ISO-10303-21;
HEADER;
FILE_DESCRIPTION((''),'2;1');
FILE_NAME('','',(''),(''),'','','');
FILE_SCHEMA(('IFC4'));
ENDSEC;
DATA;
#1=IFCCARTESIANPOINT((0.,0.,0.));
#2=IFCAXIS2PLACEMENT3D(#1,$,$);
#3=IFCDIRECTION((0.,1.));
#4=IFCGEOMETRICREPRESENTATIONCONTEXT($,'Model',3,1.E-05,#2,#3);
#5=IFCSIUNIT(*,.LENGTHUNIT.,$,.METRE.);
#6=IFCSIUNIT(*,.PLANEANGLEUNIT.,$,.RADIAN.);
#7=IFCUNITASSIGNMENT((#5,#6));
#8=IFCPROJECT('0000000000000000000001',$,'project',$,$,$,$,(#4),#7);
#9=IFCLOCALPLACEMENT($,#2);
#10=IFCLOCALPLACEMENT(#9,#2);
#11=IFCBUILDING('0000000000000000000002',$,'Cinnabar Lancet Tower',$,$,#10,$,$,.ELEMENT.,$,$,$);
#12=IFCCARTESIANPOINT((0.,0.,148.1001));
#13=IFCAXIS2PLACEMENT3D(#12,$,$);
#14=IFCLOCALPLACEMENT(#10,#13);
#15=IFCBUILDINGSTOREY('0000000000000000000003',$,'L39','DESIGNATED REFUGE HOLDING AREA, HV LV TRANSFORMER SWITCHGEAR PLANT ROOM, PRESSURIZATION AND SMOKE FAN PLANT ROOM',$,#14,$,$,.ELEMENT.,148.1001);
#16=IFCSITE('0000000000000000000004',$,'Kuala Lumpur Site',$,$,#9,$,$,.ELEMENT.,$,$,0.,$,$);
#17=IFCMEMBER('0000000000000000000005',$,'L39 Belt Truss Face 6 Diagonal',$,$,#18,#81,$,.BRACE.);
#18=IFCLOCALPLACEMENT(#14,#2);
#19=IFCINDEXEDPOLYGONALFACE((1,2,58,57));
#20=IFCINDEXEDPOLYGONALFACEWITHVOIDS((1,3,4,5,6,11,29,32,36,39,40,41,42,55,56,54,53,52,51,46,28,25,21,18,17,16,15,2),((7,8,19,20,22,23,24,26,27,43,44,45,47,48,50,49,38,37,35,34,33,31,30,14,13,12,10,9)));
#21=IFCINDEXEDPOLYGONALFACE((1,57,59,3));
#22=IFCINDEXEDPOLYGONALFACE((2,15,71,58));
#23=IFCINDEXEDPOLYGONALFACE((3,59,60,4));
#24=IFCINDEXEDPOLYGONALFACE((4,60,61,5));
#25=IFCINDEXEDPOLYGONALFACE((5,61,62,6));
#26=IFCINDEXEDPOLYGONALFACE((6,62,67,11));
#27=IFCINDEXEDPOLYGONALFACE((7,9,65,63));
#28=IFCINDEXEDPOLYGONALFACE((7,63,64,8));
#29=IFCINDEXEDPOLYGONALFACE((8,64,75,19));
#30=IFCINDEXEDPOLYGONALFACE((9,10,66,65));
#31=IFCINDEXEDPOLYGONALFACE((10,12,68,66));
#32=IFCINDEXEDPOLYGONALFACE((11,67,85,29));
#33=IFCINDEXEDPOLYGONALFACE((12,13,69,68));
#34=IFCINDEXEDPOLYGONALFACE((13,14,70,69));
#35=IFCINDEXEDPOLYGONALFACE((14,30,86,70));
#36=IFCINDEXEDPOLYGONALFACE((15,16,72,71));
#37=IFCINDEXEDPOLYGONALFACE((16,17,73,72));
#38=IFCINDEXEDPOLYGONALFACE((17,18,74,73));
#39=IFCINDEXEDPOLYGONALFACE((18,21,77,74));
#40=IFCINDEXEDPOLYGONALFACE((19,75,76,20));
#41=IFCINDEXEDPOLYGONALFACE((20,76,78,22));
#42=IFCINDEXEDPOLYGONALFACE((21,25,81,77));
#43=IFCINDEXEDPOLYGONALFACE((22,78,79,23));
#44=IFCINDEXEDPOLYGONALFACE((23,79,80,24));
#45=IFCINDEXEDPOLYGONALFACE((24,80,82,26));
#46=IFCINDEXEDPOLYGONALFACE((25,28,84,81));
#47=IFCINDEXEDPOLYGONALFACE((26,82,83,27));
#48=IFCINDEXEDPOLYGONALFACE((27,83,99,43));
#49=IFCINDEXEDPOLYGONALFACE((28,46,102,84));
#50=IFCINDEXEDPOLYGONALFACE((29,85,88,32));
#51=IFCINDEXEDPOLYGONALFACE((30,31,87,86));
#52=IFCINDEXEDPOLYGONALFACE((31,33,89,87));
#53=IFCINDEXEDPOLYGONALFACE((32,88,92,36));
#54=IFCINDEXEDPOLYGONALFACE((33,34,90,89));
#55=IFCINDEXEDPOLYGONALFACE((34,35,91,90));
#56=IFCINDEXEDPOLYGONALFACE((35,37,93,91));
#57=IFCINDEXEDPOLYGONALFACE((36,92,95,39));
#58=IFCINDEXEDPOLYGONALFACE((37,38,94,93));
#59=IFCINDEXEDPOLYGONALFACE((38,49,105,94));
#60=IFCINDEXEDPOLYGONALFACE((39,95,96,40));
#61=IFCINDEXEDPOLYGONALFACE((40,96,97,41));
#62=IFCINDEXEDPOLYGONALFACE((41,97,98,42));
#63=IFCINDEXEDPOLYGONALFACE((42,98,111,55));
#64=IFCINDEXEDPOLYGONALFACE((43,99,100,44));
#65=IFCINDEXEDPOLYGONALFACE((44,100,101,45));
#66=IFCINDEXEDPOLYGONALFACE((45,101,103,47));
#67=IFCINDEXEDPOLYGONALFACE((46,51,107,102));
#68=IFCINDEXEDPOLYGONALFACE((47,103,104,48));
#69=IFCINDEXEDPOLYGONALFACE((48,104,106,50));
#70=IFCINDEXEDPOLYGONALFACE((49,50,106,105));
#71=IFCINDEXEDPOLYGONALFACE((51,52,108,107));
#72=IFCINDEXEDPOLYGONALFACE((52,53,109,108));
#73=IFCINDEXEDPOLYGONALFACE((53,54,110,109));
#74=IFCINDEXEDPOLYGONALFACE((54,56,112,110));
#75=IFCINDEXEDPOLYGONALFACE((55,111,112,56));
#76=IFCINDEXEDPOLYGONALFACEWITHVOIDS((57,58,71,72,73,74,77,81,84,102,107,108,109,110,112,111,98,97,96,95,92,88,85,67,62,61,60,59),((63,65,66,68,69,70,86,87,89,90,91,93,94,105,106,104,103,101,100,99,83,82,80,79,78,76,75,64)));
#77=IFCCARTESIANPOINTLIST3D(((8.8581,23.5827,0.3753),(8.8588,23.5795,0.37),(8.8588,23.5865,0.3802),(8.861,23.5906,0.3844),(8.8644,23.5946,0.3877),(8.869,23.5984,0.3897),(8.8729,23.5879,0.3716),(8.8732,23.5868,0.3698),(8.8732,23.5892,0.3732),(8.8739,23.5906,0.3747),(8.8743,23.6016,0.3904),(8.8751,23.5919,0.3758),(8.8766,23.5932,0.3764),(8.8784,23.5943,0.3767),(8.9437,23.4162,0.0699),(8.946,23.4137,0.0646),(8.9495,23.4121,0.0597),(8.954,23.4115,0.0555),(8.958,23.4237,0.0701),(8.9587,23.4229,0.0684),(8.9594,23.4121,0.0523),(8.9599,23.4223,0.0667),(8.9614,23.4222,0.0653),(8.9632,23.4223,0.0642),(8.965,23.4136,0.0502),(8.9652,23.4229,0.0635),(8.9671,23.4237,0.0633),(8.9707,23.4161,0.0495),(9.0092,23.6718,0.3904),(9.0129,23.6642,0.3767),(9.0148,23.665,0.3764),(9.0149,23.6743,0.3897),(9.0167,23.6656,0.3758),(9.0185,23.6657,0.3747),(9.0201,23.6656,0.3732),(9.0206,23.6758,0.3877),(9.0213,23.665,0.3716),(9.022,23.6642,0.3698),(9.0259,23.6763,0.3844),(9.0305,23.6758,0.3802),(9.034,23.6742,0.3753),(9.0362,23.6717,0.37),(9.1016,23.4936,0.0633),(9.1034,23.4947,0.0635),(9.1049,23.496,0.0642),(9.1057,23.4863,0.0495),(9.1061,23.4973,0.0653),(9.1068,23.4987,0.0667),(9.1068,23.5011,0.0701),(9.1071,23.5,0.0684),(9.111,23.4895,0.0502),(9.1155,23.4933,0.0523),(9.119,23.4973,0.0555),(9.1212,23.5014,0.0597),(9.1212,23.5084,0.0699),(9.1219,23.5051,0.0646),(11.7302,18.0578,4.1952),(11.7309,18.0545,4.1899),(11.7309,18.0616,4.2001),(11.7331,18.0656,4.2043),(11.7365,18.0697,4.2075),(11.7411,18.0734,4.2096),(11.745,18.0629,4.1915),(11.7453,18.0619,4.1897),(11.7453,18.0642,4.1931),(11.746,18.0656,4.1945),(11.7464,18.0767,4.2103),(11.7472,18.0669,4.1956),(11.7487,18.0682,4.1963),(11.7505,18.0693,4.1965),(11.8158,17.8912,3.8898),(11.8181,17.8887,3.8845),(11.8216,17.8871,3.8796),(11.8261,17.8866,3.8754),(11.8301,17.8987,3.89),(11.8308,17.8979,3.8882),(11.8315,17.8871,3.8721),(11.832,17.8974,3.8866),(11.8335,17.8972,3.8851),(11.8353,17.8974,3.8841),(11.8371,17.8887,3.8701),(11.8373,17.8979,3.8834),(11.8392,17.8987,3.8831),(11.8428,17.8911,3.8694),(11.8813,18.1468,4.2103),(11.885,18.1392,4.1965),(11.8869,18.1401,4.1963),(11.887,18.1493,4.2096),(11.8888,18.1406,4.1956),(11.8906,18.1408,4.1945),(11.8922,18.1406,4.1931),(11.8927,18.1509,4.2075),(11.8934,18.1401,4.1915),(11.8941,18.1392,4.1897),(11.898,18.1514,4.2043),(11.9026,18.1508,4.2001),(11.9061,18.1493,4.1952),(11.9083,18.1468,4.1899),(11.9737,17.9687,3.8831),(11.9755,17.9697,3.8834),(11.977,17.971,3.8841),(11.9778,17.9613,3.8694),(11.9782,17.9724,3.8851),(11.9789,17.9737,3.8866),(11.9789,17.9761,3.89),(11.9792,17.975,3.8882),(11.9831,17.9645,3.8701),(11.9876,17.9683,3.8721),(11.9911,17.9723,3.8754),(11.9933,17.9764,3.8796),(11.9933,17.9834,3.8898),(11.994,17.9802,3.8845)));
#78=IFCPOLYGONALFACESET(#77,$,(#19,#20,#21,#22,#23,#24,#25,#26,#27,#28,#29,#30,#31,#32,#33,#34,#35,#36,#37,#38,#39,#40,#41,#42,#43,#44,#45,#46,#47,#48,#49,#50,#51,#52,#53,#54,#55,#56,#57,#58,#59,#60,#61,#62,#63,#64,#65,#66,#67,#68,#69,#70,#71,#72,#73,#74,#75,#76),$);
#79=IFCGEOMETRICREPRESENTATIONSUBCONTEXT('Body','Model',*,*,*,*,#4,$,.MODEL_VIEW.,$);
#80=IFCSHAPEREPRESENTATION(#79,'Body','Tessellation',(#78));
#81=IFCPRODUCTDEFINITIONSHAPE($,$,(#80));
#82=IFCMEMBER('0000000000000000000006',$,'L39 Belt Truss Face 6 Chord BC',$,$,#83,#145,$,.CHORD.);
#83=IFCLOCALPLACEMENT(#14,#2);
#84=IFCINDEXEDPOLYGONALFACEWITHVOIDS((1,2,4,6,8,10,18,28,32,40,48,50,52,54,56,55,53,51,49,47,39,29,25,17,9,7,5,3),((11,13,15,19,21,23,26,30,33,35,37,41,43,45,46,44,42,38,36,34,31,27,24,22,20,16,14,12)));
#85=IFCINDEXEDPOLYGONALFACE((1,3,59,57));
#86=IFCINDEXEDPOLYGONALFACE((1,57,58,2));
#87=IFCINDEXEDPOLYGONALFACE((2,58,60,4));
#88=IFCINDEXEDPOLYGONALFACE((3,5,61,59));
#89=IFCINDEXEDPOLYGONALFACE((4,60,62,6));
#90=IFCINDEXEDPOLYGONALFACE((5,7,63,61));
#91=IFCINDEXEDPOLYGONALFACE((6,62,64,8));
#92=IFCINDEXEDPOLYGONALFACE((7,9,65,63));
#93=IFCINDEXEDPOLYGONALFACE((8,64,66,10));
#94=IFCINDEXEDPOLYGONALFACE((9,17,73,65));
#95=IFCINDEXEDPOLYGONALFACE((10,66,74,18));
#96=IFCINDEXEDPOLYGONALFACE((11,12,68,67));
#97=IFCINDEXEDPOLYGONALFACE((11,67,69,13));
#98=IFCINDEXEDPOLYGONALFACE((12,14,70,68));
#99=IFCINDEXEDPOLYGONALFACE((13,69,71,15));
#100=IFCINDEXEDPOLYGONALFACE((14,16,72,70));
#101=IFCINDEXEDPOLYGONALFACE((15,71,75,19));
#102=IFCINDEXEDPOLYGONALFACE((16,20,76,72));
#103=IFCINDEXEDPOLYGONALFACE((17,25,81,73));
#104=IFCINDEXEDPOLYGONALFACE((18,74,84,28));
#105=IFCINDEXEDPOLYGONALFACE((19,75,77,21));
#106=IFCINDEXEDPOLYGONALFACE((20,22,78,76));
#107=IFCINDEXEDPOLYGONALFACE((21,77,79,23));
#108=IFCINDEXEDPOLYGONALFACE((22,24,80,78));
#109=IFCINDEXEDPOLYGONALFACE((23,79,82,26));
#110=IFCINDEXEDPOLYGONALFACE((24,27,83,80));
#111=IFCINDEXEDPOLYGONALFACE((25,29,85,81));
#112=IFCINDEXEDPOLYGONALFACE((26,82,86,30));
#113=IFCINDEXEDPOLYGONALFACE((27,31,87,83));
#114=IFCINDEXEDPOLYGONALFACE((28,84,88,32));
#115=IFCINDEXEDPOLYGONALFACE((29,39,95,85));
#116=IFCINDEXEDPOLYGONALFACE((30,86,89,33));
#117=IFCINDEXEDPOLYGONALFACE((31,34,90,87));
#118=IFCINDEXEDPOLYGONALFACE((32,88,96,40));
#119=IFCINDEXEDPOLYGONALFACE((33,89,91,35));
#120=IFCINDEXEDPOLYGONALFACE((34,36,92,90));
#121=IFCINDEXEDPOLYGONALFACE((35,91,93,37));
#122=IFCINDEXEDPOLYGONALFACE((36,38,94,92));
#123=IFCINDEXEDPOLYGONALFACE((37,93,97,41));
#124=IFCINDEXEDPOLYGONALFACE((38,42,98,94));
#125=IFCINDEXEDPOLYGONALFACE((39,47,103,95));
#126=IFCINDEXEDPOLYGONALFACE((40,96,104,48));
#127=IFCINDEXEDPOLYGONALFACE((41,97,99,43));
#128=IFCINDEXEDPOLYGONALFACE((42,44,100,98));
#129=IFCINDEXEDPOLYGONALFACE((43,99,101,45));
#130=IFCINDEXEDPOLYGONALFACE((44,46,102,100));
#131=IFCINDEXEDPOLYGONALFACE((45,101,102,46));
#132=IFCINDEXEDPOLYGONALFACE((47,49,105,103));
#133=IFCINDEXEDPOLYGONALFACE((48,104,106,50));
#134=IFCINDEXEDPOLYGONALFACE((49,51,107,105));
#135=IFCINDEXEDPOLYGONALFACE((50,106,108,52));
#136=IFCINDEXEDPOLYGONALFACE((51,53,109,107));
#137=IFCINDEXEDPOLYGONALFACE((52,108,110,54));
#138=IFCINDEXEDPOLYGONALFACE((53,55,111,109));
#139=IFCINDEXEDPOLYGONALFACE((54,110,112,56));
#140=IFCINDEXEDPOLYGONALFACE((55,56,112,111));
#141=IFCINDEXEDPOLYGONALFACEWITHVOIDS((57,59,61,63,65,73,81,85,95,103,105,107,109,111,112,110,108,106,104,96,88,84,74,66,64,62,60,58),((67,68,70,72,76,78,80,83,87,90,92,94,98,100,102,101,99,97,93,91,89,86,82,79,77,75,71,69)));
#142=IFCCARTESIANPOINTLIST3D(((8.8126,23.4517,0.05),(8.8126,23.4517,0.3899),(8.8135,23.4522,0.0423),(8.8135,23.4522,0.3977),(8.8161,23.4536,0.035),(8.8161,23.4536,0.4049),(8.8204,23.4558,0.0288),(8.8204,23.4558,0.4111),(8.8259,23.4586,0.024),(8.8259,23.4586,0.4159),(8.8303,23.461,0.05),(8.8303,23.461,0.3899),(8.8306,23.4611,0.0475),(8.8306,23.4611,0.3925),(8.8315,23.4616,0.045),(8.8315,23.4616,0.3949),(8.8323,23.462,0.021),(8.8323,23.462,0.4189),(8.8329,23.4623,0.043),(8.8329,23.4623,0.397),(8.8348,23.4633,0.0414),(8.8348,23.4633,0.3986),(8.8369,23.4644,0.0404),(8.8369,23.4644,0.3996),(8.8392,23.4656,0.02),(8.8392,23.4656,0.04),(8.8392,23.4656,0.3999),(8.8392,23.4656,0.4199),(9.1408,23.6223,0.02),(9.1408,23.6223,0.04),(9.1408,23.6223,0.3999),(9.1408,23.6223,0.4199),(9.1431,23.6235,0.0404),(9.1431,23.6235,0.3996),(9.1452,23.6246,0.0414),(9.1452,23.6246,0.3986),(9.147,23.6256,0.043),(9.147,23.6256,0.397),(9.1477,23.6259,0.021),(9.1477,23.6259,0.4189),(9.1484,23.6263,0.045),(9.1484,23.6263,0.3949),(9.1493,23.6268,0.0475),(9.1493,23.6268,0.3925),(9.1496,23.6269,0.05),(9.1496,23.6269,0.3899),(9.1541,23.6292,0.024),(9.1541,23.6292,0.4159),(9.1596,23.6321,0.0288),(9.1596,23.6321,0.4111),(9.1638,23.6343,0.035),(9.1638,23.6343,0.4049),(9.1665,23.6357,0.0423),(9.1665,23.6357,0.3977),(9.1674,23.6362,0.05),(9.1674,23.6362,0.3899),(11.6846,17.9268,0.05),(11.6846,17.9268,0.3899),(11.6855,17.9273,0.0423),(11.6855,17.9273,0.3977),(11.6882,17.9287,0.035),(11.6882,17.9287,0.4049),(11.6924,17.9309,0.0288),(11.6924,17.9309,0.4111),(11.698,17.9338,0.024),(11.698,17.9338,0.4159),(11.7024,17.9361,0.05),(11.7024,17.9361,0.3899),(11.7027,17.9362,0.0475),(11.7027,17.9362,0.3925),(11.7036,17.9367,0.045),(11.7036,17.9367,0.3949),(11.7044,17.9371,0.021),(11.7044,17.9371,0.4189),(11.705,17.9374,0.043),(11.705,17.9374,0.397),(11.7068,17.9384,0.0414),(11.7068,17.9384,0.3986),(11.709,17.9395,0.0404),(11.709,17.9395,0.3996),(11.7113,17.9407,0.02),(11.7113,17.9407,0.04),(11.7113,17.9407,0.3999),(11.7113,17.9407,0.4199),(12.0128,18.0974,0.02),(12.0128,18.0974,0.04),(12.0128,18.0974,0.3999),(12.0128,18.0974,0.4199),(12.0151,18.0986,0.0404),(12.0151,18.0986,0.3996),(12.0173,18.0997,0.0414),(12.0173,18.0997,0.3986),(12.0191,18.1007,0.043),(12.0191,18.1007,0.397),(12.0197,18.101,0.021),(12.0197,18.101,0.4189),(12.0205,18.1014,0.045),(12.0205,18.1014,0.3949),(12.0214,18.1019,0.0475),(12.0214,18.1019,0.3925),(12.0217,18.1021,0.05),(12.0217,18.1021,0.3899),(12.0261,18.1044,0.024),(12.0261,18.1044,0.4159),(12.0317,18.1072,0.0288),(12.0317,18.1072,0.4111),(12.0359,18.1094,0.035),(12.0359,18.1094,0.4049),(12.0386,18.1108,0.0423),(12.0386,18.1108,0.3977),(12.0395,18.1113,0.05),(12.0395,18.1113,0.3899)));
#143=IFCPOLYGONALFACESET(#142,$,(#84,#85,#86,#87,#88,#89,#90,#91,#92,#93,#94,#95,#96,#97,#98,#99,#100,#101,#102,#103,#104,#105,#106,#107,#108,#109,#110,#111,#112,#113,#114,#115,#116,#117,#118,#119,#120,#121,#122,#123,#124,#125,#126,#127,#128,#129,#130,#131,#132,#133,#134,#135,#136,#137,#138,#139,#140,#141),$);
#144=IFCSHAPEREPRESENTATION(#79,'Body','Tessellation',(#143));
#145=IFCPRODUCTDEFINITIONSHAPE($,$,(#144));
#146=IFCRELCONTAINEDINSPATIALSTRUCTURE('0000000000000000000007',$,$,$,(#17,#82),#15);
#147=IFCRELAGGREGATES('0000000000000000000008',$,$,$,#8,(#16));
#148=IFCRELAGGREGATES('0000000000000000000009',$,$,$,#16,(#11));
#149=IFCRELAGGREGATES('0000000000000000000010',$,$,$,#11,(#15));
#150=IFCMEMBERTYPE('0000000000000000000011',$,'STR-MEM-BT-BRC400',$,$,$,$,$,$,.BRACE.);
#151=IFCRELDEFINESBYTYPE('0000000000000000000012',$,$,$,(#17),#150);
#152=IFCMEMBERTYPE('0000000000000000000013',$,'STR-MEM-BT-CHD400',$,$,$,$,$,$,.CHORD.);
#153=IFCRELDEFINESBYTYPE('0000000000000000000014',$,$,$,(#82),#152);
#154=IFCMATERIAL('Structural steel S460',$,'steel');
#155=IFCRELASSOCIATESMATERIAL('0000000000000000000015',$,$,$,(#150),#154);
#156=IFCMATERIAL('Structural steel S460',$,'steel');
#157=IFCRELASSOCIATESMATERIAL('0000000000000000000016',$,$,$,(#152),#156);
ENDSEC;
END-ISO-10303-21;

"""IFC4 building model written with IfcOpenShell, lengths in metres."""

from ifc_helpers import new_model, si_unit, direction, frame, origin, origin_2d, place, context, subcontext, project, spatial, hollow_rectangle, extrude, material, material_profile, profile_set, type_object, element, save


model = new_model("IFC4")

# Units and contexts
model_context = context("Model", 3, precision=1e-05, world=origin(), true_north=direction((0.0, 1.0)))
body_context = subcontext(model_context, "Body", "Model", "MODEL_VIEW")
ifc_project = project(units=[si_unit("LENGTHUNIT", "METRE"), si_unit("PLANEANGLEUNIT", "RADIAN")], contexts=[model_context])

# Site, building, storey
site_placement = place(None, origin())
site = spatial("IfcSite", under=ifc_project, at=site_placement, Name="Kuala Lumpur Site", CompositionType="ELEMENT", RefElevation=0.0)
building_placement = place(site_placement, origin())
building = spatial("IfcBuilding", under=site, at=building_placement, Name="Cinnabar Lancet Tower", CompositionType="ELEMENT")
storey_placement = place(building_placement, frame((0.0, 0.0, 148.1001)))
storey = spatial("IfcBuildingStorey", under=building, at=storey_placement, Name="L39", Description="DESIGNATED REFUGE HOLDING AREA, HV LV TRANSFORMER SWITCHGEAR PLANT ROOM, PRESSURIZATION AND SMOKE FAN PLANT ROOM", CompositionType="ELEMENT", Elevation=148.1001)

# Members
ifc_material_1 = material(Name="Structural steel S460", Category="steel")
ifc_material_profile_1 = material_profile(ifc_material_1, hollow_rectangle(XDim=0.2, YDim=0.3999, WallThickness=0.0161, InnerFilletRadius=0.0081, OuterFilletRadius=0.0239, at=origin_2d()), Name="RHS 400x200x16")
ifc_profile_set_1 = profile_set([ifc_material_profile_1], Name="Structural steel S460")
member_type_1 = type_object("IfcMemberType", Name="STR-MEM-BT-BRC400", PredefinedType="BRACE", material=ifc_profile_set_1)
member_placement = place(storey_placement, frame((8.99, 23.5439, 0.22), z_axis=(0.39316, -0.756308, 0.522899), x_axis=(0.887275, 0.461242, 0.0)))
element("IfcMember", 1, at=member_placement, inside=storey, type_object=member_type_1, Name="L39 Belt Truss Face 6 Diagonal", PredefinedType="BRACE", context=body_context, shape_type="SweptSolid", body=[
    extrude(hollow_rectangle(XDim=0.2, YDim=0.3999, WallThickness=0.0161, InnerFilletRadius=0.0081, OuterFilletRadius=0.0239, at=origin_2d()), origin(), (0.0, 0.0, 1.0), 7.3052),
])
ifc_material_2 = material(Name="Structural steel S460", Category="steel")
ifc_material_profile_2 = material_profile(ifc_material_2, hollow_rectangle(XDim=0.3999, YDim=0.3999, WallThickness=0.02, InnerFilletRadius=0.01, OuterFilletRadius=0.03, at=origin_2d()), Name="SHS 400x400x20")
ifc_profile_set_2 = profile_set([ifc_material_profile_2], Name="Structural steel S460")
member_type_2 = type_object("IfcMemberType", Name="STR-MEM-BT-CHD400", PredefinedType="CHORD", material=ifc_profile_set_2)
for number, where, z_axis, x_axis, name in (
    (2, (8.99, 23.5439, 0.22), (0.461242, -0.887275, 0.0), (0.887275, 0.461242, 0.0), "L39 Belt Truss Face 6 Chord BC"),
):
    element("IfcMember", number, at=place(storey_placement, frame(where, z_axis=z_axis, x_axis=x_axis)), inside=storey, type_object=member_type_2, Name=name, PredefinedType="CHORD", context=body_context, shape_type="SweptSolid", body=[
        extrude(hollow_rectangle(XDim=0.3999, YDim=0.3999, WallThickness=0.02, InnerFilletRadius=0.01, OuterFilletRadius=0.03, at=origin_2d()), origin(), (0.0, 0.0, 1.0), 6.2268),
    ])

save(model, "model.ifc")
